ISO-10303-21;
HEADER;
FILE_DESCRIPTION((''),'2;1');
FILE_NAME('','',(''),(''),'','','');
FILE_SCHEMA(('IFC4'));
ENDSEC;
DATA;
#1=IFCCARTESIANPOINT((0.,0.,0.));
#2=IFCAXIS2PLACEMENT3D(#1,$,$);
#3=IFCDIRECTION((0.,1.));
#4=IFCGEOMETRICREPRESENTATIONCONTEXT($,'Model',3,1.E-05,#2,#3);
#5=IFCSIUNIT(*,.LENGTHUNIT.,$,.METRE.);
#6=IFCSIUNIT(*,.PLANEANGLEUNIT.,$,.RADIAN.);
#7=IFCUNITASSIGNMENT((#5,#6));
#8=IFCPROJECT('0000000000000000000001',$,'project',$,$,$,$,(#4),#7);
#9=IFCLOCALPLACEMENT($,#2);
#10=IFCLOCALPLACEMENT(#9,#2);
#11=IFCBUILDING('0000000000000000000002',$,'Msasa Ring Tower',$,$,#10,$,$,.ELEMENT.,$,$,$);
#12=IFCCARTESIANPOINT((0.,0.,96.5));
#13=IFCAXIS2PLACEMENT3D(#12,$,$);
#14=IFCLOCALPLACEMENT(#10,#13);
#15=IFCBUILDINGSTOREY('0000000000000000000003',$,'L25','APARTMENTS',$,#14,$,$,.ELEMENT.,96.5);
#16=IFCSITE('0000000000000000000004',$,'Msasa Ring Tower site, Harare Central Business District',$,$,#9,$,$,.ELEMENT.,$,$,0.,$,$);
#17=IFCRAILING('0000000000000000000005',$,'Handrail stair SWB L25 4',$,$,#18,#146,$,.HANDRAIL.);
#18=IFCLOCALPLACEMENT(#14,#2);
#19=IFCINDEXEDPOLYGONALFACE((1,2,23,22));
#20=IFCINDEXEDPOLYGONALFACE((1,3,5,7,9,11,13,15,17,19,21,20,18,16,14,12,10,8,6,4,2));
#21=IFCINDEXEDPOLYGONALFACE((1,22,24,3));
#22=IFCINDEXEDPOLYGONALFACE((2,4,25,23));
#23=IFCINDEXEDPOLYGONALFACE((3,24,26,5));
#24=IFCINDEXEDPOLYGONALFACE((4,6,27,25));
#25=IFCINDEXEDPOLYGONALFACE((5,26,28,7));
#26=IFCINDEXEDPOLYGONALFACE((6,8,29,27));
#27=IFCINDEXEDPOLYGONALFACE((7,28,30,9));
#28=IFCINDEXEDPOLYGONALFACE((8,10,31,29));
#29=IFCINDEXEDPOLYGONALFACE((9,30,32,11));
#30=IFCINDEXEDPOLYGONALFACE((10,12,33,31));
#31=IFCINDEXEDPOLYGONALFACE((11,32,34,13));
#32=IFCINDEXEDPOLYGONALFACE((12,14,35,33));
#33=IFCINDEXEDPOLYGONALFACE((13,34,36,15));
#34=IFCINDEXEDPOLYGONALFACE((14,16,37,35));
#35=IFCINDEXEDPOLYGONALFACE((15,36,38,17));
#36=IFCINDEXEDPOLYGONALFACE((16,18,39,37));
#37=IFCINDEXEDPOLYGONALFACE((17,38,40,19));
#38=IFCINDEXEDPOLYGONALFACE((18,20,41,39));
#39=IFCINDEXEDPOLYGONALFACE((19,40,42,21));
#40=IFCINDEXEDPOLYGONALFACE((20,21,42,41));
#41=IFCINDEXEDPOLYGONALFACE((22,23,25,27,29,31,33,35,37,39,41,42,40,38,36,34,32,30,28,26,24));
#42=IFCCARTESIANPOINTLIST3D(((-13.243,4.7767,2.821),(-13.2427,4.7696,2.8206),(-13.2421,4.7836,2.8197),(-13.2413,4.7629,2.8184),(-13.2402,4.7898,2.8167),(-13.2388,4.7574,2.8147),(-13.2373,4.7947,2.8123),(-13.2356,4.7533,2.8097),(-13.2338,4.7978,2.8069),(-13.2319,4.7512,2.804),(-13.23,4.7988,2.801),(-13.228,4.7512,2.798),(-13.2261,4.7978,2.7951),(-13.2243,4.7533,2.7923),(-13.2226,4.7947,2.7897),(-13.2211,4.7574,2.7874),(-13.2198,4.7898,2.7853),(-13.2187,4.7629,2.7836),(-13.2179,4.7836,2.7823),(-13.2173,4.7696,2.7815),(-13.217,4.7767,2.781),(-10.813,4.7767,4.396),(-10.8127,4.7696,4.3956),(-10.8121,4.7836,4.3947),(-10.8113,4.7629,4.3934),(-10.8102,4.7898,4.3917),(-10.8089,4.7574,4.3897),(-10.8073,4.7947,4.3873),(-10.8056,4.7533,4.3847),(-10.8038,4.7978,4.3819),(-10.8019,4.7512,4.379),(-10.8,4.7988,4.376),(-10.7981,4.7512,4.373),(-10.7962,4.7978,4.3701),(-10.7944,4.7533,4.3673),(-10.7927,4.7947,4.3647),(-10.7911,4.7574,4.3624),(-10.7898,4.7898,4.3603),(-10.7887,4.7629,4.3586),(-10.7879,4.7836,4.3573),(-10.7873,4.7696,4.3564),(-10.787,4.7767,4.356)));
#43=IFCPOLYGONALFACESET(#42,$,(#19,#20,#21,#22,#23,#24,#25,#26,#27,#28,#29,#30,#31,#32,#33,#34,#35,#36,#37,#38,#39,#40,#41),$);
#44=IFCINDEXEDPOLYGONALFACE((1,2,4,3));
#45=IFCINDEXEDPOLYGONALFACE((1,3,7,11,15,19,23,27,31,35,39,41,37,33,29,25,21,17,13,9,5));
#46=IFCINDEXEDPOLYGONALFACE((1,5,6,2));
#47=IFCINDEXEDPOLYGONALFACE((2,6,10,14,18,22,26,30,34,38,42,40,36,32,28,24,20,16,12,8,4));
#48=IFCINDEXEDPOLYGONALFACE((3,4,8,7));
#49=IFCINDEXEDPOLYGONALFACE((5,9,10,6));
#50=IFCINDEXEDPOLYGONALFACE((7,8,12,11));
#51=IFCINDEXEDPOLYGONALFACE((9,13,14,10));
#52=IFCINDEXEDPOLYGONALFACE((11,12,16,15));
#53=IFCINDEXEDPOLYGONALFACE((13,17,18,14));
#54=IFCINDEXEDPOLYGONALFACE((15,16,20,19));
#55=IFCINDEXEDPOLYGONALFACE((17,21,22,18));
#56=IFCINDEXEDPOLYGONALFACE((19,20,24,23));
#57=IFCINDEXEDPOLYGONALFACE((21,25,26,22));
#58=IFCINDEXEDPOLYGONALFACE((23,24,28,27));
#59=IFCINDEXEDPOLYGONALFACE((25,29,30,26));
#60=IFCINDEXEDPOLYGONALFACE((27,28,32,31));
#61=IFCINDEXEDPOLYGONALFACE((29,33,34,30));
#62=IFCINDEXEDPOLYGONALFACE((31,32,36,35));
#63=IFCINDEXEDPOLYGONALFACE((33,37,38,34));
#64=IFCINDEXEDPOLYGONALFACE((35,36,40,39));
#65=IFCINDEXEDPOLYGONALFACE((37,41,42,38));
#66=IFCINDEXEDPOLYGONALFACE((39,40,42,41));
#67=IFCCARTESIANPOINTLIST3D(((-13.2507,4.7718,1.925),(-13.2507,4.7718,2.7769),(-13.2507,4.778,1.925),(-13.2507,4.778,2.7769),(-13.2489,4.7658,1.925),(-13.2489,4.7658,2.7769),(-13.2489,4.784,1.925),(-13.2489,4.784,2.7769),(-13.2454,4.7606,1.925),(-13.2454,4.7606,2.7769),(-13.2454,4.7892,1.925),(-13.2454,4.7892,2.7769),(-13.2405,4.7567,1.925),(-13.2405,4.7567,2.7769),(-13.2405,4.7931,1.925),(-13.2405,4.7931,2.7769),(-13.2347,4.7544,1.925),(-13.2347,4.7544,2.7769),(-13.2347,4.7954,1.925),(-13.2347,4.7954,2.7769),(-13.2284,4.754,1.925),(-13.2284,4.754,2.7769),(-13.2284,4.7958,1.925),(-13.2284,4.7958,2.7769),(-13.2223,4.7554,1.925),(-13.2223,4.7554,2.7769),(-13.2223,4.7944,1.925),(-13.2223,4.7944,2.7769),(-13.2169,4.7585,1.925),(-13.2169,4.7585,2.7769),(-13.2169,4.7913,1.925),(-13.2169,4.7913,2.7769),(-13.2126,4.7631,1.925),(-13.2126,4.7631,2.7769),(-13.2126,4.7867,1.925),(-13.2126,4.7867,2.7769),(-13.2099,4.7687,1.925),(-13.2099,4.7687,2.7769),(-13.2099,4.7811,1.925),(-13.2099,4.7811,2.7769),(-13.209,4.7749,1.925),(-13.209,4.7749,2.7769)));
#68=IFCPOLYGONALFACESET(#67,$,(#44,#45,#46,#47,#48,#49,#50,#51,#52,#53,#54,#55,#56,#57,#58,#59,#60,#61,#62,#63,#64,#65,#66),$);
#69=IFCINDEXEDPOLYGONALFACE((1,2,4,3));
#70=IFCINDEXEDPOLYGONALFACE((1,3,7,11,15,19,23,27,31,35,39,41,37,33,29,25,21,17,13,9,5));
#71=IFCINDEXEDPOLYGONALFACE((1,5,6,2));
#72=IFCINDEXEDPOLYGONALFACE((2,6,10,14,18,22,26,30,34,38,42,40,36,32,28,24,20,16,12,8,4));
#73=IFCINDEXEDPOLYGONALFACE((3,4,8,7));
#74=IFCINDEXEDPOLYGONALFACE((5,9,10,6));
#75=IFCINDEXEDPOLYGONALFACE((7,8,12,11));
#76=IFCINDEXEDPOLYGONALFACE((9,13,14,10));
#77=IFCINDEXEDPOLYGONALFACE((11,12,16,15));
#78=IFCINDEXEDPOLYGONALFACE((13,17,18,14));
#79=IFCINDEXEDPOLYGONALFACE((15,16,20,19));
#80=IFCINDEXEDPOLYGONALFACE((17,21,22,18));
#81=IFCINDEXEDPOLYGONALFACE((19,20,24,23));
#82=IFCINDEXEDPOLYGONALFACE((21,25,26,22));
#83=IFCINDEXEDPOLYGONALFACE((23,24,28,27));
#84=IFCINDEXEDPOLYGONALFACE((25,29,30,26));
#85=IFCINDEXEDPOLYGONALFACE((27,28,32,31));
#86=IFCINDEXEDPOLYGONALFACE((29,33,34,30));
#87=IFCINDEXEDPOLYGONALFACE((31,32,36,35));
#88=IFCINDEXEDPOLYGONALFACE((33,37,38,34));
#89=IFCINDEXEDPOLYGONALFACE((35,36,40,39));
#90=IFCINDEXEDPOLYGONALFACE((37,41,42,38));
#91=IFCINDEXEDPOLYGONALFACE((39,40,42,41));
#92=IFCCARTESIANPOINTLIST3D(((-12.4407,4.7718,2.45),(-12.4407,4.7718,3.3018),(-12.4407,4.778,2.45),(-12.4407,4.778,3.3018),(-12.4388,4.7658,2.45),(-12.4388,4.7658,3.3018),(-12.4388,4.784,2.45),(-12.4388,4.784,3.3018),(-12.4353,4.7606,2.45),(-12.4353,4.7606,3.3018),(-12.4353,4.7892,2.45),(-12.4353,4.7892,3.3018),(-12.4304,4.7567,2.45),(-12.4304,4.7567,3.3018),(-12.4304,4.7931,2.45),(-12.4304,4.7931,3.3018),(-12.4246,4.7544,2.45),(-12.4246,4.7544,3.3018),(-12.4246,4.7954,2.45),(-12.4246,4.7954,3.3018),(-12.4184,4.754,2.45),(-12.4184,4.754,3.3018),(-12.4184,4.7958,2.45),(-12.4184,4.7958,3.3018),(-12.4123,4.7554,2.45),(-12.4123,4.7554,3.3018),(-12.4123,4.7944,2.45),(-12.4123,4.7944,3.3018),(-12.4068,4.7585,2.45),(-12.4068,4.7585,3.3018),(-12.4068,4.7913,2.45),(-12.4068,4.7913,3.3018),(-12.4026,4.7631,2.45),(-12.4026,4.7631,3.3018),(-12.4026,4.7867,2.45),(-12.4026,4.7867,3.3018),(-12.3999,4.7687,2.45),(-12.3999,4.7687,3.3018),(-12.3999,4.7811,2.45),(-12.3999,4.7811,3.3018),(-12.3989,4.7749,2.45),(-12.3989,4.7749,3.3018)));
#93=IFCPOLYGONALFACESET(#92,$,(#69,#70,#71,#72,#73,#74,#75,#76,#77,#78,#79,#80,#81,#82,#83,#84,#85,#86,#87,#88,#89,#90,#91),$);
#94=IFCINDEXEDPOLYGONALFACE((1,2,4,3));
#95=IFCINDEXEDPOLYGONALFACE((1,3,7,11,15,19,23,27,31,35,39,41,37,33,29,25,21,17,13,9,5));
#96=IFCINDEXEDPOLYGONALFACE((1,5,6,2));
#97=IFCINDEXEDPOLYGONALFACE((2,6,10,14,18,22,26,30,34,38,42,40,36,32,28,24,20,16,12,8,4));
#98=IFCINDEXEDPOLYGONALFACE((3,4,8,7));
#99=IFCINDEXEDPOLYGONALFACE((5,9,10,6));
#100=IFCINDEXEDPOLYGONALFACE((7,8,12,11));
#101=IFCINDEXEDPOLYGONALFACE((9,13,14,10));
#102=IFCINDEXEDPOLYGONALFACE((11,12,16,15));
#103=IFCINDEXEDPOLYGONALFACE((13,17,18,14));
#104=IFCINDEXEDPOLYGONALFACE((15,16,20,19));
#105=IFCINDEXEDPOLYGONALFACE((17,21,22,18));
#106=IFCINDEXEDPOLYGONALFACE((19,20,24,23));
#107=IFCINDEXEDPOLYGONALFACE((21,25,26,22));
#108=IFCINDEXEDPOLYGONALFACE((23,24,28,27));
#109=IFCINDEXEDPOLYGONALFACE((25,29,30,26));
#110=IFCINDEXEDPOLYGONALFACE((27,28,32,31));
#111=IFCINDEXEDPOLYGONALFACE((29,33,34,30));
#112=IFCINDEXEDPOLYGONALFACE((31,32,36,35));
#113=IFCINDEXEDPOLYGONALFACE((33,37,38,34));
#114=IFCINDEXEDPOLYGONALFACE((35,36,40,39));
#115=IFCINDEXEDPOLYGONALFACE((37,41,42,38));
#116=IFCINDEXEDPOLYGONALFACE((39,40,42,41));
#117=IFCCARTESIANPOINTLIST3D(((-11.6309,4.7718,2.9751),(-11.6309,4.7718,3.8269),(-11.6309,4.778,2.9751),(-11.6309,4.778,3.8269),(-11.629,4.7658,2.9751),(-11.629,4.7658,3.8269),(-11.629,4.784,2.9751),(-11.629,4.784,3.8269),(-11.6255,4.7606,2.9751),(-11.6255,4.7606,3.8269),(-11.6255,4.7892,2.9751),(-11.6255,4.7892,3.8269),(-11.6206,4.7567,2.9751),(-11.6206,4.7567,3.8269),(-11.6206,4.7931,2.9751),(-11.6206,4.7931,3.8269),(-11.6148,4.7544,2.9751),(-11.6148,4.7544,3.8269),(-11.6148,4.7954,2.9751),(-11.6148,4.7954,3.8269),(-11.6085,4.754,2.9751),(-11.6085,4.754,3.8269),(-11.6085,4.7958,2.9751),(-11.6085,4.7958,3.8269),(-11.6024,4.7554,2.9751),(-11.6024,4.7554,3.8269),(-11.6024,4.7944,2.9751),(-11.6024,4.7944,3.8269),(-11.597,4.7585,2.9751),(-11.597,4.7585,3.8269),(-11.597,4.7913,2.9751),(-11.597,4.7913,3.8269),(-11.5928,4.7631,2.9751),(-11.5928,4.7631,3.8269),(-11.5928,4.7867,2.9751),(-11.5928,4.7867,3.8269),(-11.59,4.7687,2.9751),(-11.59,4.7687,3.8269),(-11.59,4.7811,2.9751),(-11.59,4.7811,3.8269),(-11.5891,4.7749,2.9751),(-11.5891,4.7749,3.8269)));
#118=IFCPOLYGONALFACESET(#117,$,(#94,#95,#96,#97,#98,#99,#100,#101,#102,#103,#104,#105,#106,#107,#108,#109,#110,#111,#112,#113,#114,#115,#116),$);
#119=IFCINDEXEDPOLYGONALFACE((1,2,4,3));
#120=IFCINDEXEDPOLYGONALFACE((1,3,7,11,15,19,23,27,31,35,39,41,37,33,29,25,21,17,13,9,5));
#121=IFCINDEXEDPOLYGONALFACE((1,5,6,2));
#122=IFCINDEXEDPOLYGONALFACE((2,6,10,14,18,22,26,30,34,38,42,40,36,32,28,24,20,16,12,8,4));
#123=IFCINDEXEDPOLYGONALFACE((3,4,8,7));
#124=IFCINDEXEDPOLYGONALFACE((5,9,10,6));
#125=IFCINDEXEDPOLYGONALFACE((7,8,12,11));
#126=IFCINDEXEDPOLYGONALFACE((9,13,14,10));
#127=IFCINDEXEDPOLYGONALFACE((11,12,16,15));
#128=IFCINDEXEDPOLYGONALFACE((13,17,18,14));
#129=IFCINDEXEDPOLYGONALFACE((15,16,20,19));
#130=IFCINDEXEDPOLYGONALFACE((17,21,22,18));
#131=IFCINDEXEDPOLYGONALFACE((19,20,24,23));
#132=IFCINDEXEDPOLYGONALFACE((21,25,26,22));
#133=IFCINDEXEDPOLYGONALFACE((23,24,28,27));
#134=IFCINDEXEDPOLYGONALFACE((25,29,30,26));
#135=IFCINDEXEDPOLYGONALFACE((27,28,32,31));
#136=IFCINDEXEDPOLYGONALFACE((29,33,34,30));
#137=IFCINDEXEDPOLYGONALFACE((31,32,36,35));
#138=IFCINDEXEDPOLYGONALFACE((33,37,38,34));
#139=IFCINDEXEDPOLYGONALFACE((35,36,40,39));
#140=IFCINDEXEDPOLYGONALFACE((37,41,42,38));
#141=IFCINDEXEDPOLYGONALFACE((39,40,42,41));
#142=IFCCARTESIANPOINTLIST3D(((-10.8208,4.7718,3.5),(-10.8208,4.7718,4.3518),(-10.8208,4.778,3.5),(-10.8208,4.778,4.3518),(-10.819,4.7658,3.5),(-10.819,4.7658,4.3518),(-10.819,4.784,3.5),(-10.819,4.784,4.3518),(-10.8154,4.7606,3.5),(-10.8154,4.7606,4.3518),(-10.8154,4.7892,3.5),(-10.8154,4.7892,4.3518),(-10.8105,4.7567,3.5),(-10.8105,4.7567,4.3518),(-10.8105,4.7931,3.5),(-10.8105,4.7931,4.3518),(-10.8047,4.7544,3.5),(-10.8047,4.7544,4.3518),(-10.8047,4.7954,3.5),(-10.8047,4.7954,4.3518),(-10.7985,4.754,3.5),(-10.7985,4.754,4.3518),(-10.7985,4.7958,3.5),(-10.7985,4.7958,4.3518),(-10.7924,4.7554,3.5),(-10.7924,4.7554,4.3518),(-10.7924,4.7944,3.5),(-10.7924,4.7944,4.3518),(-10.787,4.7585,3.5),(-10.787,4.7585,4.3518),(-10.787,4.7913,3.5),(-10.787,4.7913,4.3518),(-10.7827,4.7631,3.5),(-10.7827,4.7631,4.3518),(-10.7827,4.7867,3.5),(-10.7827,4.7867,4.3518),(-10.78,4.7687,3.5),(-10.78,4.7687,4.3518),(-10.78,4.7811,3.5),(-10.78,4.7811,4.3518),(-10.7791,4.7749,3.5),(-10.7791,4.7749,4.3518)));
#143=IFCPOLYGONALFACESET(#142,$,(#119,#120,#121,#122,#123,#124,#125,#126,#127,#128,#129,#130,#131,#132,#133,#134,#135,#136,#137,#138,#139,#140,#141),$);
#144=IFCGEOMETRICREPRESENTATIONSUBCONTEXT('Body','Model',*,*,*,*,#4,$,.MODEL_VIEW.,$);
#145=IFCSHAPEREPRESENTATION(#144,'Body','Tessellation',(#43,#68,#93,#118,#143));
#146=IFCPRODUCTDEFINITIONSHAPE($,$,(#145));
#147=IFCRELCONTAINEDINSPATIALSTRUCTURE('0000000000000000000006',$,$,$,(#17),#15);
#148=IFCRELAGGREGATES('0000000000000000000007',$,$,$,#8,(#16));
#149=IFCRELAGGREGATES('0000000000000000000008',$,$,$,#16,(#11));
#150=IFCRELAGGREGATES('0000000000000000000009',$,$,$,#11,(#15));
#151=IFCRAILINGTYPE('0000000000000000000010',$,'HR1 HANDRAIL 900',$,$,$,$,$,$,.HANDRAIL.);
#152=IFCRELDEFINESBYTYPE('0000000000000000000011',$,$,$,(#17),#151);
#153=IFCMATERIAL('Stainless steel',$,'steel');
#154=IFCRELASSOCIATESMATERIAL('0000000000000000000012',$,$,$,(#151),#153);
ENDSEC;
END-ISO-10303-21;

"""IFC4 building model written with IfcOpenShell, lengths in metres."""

from ifc_helpers import new_model, si_unit, direction, frame, origin, origin_2d, place, context, subcontext, project, spatial, circle, extrude, material, type_object, element, save


model = new_model("IFC4")

# Units and contexts
model_context = context("Model", 3, precision=1e-05, world=origin(), true_north=direction((0.0, 1.0)))
body_context = subcontext(model_context, "Body", "Model", "MODEL_VIEW")
ifc_project = project(units=[si_unit("LENGTHUNIT", "METRE"), si_unit("PLANEANGLEUNIT", "RADIAN")], contexts=[model_context])

# Site, building, storey
site_placement = place(None, origin())
site = spatial("IfcSite", under=ifc_project, at=site_placement, Name="Msasa Ring Tower site, Harare Central Business District", CompositionType="ELEMENT", RefElevation=0.0)
building_placement = place(site_placement, origin())
building = spatial("IfcBuilding", under=site, at=building_placement, Name="Msasa Ring Tower", CompositionType="ELEMENT")
storey_placement = place(building_placement, frame((0.0, 0.0, 96.5)))
storey = spatial("IfcBuildingStorey", under=building, at=storey_placement, Name="L25", Description="APARTMENTS", CompositionType="ELEMENT", Elevation=96.5)

# Railing
ifc_material_1 = material(Name="Stainless steel", Category="steel")
railing_type = type_object("IfcRailingType", Name="HR1 HANDRAIL 900", PredefinedType="HANDRAIL", material=ifc_material_1)
for number, where, name in (
    (1, (-13.23, 4.7749, 1.925), "Handrail stair SWB L25 4"),
):
    element("IfcRailing", number, at=place(storey_placement, frame(where)), inside=storey, type_object=railing_type, Name=name, PredefinedType="HANDRAIL", context=body_context, shape_type="SweptSolid", body=[
        extrude(circle(Radius=0.0239, at=origin_2d()), frame((0.0, 0.0, 0.876), z_axis=(0.839154, 0.0, 0.543894), x_axis=(0.0, 1.0, 0.0)), (0.0, 0.0, 1.0), 2.8958),
        extrude(circle(Radius=0.021, at=origin_2d()), origin(), (0.0, 0.0, 1.0), 0.8518),
        extrude(circle(Radius=0.021, at=origin_2d()), frame((0.8101, 0.0, 0.5249)), (0.0, 0.0, 1.0), 0.8518),
        extrude(circle(Radius=0.021, at=origin_2d()), frame((1.6199, 0.0, 1.05)), (0.0, 0.0, 1.0), 0.8518),
        extrude(circle(Radius=0.021, at=origin_2d()), frame((2.4299, 0.0, 1.575)), (0.0, 0.0, 1.0), 0.8518),
    ])

save(model, "model.ifc")
